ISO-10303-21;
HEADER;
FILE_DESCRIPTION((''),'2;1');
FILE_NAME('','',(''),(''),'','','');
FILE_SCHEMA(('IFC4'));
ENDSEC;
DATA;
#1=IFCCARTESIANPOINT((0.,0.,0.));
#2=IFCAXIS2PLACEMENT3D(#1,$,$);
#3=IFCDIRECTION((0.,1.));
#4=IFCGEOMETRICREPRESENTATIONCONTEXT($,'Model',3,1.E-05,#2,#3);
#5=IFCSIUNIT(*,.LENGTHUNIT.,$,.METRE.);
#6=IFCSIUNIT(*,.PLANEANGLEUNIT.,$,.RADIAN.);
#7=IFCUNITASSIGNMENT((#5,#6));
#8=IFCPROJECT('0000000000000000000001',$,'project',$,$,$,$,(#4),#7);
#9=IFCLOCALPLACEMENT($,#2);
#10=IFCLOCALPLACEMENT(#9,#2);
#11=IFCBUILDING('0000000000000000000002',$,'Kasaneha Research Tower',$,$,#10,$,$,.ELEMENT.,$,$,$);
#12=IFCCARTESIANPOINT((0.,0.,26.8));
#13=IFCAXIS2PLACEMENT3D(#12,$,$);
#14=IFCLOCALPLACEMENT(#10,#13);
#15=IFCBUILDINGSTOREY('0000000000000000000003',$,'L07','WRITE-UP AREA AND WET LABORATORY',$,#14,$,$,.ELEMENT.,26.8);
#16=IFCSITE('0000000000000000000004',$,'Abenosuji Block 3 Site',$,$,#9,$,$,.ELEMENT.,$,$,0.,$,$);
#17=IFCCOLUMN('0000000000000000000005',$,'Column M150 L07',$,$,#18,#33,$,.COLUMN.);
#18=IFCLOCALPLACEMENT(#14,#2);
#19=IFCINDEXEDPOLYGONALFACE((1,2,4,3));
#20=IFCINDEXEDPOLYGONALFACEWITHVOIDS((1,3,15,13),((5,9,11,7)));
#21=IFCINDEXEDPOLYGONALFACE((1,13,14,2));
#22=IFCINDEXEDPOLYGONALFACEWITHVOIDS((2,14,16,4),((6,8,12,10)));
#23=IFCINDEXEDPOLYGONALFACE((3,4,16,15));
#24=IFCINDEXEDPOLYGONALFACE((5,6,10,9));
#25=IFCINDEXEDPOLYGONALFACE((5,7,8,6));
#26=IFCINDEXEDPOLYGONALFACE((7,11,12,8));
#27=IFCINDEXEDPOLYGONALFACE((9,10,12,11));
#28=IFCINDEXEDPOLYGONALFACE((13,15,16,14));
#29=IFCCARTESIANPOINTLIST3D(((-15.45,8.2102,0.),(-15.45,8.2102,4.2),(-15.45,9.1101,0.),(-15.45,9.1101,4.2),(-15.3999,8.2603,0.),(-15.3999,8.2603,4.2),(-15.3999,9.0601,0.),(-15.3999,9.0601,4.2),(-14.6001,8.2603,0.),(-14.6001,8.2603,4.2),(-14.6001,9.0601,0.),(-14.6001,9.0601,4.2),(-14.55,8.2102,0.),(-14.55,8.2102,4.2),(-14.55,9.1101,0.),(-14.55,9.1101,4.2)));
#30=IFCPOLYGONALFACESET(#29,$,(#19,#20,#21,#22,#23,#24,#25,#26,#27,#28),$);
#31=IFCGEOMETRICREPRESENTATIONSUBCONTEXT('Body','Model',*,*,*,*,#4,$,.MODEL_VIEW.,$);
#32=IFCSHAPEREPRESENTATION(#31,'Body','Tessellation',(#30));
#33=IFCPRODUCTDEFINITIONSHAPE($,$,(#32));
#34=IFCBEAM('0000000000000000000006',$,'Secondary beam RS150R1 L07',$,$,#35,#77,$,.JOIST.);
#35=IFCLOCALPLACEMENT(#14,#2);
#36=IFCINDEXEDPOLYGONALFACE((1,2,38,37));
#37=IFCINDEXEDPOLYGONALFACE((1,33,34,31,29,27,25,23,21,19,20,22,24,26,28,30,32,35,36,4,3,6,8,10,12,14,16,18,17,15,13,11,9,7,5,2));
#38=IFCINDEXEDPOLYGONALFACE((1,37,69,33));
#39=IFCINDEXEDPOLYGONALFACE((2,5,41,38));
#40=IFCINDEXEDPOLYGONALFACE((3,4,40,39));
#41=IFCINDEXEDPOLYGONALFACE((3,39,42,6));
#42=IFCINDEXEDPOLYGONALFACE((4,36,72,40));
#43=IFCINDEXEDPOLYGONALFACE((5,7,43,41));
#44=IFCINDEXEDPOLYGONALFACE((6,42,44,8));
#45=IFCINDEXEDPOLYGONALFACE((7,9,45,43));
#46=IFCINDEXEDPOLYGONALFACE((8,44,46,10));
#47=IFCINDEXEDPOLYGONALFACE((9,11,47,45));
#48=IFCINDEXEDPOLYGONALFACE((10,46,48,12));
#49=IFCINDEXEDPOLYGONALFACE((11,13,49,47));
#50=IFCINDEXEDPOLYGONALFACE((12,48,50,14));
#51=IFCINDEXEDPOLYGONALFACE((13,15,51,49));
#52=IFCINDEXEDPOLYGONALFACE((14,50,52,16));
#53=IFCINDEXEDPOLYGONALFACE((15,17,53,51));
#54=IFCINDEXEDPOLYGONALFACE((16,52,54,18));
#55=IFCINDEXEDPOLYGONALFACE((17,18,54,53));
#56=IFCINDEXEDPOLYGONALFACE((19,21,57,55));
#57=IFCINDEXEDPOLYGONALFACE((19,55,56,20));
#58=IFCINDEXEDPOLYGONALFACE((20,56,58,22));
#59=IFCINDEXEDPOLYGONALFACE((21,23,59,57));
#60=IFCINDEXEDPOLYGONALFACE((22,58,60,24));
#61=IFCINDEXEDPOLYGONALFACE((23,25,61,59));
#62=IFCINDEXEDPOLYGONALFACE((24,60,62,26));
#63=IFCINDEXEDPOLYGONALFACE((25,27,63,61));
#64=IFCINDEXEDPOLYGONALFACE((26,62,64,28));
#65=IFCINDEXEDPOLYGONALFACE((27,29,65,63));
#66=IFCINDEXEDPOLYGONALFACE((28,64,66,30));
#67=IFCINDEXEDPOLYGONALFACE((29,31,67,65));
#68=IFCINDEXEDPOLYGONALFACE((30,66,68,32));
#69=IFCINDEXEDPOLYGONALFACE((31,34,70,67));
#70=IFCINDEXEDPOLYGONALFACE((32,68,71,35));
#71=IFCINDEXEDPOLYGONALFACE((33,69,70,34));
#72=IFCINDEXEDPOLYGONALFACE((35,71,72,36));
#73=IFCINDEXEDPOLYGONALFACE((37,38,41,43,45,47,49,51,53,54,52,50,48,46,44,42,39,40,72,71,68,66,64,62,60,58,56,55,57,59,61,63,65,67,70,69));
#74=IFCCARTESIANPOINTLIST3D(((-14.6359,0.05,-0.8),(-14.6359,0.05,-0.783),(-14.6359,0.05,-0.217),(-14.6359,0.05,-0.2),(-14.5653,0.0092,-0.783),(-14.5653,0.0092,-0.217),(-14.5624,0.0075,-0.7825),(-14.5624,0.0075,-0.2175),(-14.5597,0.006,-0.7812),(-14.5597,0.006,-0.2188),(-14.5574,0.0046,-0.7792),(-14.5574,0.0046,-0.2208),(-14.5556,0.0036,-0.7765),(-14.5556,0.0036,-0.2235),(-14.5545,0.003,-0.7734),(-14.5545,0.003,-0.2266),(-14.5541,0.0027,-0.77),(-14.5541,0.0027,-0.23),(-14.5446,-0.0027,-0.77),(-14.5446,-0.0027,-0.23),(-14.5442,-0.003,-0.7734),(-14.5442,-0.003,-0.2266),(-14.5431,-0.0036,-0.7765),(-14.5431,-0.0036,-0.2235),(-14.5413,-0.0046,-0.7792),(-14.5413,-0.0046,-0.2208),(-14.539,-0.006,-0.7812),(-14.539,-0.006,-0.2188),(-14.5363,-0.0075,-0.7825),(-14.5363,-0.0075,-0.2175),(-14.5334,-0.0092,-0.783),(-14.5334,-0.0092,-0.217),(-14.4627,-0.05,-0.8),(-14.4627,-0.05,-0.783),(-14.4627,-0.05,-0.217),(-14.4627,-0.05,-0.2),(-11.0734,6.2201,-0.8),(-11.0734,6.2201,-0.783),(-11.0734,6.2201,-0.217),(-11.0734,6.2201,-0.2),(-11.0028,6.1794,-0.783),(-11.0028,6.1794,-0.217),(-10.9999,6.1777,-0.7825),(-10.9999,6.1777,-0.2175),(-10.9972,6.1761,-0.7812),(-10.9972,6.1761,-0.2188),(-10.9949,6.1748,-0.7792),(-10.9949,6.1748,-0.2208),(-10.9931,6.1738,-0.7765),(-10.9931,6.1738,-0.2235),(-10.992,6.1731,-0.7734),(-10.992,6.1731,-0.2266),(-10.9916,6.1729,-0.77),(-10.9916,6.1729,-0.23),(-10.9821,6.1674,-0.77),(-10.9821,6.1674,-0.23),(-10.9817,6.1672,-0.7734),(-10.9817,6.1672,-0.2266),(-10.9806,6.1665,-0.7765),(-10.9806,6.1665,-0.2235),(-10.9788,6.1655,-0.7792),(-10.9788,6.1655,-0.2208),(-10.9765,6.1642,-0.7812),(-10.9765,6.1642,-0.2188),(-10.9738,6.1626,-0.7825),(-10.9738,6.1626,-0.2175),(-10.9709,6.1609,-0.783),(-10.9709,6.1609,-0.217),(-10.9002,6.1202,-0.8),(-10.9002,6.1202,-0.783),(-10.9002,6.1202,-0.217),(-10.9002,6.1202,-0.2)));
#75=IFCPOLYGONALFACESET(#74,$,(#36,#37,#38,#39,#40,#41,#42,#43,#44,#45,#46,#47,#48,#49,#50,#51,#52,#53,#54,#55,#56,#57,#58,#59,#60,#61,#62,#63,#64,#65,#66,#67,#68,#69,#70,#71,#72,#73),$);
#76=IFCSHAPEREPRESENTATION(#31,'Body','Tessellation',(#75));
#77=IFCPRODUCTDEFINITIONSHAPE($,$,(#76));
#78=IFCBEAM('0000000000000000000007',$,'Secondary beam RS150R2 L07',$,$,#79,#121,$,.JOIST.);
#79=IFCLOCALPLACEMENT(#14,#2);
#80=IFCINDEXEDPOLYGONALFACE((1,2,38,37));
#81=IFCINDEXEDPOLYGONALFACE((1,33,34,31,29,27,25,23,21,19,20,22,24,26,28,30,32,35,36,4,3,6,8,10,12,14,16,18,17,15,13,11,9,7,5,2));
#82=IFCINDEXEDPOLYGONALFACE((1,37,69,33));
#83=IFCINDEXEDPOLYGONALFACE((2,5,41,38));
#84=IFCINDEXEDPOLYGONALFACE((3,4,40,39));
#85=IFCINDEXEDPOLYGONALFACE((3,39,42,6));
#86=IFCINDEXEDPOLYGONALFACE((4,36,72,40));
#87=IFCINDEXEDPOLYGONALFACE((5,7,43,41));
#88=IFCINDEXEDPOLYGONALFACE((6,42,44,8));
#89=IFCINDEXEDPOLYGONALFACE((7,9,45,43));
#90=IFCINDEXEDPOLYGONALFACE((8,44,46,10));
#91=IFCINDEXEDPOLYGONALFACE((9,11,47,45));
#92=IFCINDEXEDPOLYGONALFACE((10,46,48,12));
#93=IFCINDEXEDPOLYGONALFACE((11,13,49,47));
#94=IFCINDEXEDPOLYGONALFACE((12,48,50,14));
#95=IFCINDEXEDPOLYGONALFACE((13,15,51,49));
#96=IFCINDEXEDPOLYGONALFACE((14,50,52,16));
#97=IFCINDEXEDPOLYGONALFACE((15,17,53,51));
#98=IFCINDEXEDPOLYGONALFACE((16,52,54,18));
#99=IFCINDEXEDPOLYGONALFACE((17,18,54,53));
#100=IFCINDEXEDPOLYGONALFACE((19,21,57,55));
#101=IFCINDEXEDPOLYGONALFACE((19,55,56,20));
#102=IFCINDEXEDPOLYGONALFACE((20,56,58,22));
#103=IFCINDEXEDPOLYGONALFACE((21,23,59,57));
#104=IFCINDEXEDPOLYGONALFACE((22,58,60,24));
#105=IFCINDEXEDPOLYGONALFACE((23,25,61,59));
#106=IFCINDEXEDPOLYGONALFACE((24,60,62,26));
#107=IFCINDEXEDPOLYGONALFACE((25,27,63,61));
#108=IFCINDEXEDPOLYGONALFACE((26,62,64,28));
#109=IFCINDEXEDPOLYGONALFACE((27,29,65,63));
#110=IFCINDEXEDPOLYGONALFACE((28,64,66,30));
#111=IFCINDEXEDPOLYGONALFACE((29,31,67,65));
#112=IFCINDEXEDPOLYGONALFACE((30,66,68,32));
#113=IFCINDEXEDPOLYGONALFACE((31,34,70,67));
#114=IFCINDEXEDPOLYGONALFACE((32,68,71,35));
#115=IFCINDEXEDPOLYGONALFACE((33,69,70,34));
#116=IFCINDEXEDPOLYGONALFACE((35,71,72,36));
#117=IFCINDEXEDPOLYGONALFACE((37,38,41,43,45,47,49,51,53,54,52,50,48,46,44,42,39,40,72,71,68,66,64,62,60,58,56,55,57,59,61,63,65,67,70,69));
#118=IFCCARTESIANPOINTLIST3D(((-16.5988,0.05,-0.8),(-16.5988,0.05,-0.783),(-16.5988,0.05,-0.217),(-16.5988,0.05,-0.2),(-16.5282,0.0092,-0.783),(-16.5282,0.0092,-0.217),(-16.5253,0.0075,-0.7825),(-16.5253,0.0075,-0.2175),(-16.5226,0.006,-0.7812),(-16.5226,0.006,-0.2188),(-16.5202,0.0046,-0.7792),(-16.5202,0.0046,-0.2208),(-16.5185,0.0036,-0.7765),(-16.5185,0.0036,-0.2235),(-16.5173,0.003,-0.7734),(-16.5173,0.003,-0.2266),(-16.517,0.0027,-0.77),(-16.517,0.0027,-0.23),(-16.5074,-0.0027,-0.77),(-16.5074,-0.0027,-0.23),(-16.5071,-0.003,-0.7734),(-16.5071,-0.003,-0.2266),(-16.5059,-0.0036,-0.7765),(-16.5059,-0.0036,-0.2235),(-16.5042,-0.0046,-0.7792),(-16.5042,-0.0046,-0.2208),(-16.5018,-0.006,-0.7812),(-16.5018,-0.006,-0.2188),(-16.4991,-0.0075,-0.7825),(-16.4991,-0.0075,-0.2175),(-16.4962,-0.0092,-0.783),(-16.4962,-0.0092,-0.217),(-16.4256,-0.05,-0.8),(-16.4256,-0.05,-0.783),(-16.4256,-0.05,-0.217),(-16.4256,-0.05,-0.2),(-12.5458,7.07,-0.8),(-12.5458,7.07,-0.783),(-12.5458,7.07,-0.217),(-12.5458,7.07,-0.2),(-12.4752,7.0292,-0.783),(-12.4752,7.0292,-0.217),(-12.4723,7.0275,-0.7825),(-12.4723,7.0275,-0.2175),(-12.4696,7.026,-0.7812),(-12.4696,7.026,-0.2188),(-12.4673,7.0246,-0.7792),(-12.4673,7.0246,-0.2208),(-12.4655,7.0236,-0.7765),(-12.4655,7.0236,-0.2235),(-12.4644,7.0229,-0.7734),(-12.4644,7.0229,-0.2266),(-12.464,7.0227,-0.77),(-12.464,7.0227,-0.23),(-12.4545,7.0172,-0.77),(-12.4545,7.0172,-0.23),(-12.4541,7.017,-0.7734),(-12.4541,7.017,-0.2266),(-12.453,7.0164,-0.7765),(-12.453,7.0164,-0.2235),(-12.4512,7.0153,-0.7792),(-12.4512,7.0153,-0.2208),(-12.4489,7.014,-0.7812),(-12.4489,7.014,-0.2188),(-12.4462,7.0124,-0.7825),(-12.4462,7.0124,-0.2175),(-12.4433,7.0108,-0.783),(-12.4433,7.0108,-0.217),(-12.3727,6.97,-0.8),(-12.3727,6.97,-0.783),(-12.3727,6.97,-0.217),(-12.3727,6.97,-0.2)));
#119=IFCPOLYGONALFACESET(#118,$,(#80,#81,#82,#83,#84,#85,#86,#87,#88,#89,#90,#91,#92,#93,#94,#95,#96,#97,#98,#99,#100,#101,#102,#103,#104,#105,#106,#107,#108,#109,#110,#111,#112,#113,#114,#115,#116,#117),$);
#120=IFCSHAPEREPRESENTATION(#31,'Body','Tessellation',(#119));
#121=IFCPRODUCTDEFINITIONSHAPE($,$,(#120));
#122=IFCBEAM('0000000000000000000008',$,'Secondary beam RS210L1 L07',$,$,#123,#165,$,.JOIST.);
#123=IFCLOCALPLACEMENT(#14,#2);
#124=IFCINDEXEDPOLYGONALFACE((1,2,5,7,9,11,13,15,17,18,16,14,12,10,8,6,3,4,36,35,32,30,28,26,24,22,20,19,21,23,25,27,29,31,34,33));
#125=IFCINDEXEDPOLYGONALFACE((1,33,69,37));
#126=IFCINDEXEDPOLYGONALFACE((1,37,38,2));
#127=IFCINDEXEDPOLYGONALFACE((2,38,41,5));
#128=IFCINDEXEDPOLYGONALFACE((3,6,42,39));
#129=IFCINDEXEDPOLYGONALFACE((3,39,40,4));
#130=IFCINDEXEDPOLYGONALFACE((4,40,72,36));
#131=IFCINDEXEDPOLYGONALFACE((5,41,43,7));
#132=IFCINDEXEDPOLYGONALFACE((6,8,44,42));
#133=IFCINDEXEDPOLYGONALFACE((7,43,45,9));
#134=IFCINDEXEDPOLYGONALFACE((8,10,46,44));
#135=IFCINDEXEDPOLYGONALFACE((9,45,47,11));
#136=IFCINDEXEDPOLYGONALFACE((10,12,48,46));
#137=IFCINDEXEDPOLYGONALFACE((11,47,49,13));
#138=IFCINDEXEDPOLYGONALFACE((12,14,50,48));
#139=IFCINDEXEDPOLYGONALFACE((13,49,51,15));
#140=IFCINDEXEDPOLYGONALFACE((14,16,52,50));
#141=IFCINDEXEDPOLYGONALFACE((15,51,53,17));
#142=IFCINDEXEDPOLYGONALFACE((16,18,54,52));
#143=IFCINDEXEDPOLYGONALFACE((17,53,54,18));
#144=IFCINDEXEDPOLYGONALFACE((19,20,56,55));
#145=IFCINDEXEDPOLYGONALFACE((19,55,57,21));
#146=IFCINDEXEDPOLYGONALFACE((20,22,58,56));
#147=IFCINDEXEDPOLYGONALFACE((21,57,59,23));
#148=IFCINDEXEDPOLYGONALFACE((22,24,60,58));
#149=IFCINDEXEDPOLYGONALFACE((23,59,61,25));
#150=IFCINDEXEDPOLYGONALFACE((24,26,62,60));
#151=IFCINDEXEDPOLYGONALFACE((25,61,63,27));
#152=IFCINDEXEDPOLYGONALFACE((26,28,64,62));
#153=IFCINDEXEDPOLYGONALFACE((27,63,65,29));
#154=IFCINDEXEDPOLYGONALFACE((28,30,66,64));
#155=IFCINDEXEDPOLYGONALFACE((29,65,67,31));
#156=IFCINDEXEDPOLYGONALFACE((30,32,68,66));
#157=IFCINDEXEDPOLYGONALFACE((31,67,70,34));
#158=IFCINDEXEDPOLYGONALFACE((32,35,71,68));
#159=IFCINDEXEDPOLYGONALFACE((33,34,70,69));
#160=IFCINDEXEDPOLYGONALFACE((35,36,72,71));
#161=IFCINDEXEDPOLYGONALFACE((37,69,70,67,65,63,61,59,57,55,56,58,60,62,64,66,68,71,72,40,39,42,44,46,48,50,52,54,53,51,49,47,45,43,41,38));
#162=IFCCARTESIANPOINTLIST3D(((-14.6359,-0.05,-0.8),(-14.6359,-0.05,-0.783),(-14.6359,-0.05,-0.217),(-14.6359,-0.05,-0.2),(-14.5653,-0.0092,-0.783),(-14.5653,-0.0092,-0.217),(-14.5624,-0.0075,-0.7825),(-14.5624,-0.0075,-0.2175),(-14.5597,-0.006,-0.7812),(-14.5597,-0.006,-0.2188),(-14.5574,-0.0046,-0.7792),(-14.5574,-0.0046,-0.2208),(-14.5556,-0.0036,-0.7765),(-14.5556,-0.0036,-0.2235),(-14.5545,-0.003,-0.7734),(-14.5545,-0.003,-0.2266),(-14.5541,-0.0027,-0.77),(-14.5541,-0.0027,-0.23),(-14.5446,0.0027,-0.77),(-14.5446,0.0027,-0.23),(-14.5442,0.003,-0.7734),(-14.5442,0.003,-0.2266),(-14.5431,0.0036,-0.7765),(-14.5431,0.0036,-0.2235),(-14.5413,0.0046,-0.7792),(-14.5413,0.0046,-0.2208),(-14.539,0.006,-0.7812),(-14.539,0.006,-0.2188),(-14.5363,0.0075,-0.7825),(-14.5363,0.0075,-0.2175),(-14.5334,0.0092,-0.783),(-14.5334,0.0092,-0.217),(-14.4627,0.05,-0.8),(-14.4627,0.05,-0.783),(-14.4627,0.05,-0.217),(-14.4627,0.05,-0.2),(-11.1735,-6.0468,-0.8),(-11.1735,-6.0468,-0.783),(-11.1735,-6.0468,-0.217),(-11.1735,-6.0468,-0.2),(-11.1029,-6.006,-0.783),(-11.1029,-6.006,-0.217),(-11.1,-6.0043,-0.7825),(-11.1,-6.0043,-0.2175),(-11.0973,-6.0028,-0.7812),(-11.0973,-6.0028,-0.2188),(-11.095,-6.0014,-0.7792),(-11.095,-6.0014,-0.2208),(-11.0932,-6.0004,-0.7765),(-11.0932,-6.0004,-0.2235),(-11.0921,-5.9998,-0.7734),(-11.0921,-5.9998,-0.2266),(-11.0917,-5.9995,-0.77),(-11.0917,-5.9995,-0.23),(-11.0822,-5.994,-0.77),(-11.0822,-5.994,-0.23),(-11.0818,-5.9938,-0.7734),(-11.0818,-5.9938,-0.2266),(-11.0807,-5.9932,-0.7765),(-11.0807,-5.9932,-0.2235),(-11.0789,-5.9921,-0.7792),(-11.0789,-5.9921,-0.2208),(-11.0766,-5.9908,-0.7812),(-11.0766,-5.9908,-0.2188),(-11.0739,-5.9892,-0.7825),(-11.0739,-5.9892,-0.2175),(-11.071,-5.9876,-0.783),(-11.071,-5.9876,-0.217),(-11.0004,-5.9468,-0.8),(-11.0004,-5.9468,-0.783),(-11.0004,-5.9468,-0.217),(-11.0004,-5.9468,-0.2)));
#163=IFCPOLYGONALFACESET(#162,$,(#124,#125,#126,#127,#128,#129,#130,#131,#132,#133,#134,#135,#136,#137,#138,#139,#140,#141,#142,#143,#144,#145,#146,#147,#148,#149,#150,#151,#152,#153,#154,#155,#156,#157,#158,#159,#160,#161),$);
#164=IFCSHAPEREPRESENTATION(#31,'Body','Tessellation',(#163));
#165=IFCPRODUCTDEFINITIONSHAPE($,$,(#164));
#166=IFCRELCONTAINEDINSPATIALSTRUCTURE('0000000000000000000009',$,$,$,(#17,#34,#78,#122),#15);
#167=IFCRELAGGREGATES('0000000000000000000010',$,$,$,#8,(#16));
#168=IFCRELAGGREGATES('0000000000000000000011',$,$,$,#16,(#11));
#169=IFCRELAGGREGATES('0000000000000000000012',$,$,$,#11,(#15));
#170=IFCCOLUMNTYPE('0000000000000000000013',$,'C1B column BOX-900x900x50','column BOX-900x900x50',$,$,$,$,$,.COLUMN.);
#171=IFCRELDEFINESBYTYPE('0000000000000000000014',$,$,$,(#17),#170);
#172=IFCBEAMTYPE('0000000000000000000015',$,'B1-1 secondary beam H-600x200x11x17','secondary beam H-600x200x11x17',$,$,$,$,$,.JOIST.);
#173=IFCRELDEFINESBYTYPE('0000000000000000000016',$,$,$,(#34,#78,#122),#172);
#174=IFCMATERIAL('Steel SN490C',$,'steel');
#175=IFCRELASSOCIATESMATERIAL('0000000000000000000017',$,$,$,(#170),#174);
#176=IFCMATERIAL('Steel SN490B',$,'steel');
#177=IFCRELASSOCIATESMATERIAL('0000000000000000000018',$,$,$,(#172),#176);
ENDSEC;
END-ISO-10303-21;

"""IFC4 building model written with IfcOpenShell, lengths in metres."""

from ifc_helpers import new_model, si_unit, direction, frame, origin, origin_2d, place, context, subcontext, project, spatial, hollow_rectangle, i_section, extrude, material, material_profile, profile_set, type_object, element, save


model = new_model("IFC4")

# Units and contexts
model_context = context("Model", 3, precision=1e-05, world=origin(), true_north=direction((0.0, 1.0)))
body_context = subcontext(model_context, "Body", "Model", "MODEL_VIEW")
ifc_project = project(units=[si_unit("LENGTHUNIT", "METRE"), si_unit("PLANEANGLEUNIT", "RADIAN")], contexts=[model_context])

# Site, building, storey
site_placement = place(None, origin())
site = spatial("IfcSite", under=ifc_project, at=site_placement, Name="Abenosuji Block 3 Site", CompositionType="ELEMENT", RefElevation=0.0)
building_placement = place(site_placement, origin())
building = spatial("IfcBuilding", under=site, at=building_placement, Name="Kasaneha Research Tower", CompositionType="ELEMENT")
storey_placement = place(building_placement, frame((0.0, 0.0, 26.8)))
storey = spatial("IfcBuildingStorey", under=building, at=storey_placement, Name="L07", Description="WRITE-UP AREA AND WET LABORATORY", CompositionType="ELEMENT", Elevation=26.8)

# Column
ifc_material_1 = material(Name="Steel SN490C", Category="steel")
ifc_material_profile_1 = material_profile(ifc_material_1, hollow_rectangle(XDim=0.8999, YDim=0.8999, WallThickness=0.05, at=origin_2d()), Name="BOX-900x900x50")
ifc_profile_set_1 = profile_set([ifc_material_profile_1], Name="Steel SN490C")
column_type = type_object("IfcColumnType", Name="C1B column BOX-900x900x50", Description="column BOX-900x900x50", PredefinedType="COLUMN", material=ifc_profile_set_1)
column_placement = place(storey_placement, frame((-15.0, 8.6602, 0.0), z_axis=(0.0, 0.0, 1.0), x_axis=(1.0, 0.0, 0.0)))
element("IfcColumn", 1, at=column_placement, inside=storey, type_object=column_type, Name="Column M150 L07", PredefinedType="COLUMN", context=body_context, shape_type="SweptSolid", body=[
    extrude(hollow_rectangle(XDim=0.8999, YDim=0.8999, WallThickness=0.05, at=origin_2d()), origin(), (0.0, 0.0, 1.0), 4.2),
])

# Beams
ifc_material_2 = material(Name="Steel SN490B", Category="steel")
ifc_material_profile_2 = material_profile(ifc_material_2, i_section(OverallWidth=0.2, OverallDepth=0.6001, WebThickness=0.011, FlangeThickness=0.0171, FilletRadius=0.0129, at=origin_2d()), Name="H-600x200x11x17")
ifc_profile_set_2 = profile_set([ifc_material_profile_2], Name="Steel SN490B")
beam_type_1 = type_object("IfcBeamType", Name="B1-1 secondary beam H-600x200x11x17", Description="secondary beam H-600x200x11x17", PredefinedType="JOIST", material=ifc_profile_set_2)
beam_1_placement = place(storey_placement, frame((-14.5493, 0.0, -0.5), z_axis=(0.500016, 0.866016, 0.0), x_axis=(-0.866016, 0.500016, 0.0)))
element("IfcBeam", 2, at=beam_1_placement, inside=storey, type_object=beam_type_1, Name="Secondary beam RS150R1 L07", PredefinedType="JOIST", context=body_context, shape_type="SweptSolid", body=[
    extrude(i_section(OverallWidth=0.2, OverallDepth=0.6001, WebThickness=0.011, FlangeThickness=0.0171, FilletRadius=0.0129, at=origin_2d()), origin(), (0.0, 0.0, 1.0), 7.1248),
])
beam_2_placement = place(storey_placement, frame((-16.5122, 0.0, -0.5), z_axis=(0.499997, 0.866027, 0.0), x_axis=(-0.866027, 0.499997, 0.0)))
element("IfcBeam", 3, at=beam_2_placement, inside=storey, type_object=beam_type_1, Name="Secondary beam RS150R2 L07", PredefinedType="JOIST", context=body_context, shape_type="SweptSolid", body=[
    extrude(i_section(OverallWidth=0.2, OverallDepth=0.6001, WebThickness=0.011, FlangeThickness=0.0171, FilletRadius=0.0129, at=origin_2d()), origin(), (0.0, 0.0, 1.0), 8.106),
])
beam_3_placement = place(storey_placement, frame((-14.5493, 0.0, -0.5), z_axis=(0.500014, -0.866017, 0.0), x_axis=(0.866017, 0.500014, 0.0)))
element("IfcBeam", 4, at=beam_3_placement, inside=storey, type_object=beam_type_1, Name="Secondary beam RS210L1 L07", PredefinedType="JOIST", context=body_context, shape_type="SweptSolid", body=[
    extrude(i_section(OverallWidth=0.2, OverallDepth=0.6001, WebThickness=0.011, FlangeThickness=0.0171, FilletRadius=0.0129, at=origin_2d()), origin(), (0.0, 0.0, 1.0), 6.9246),
])

save(model, "model.ifc")
